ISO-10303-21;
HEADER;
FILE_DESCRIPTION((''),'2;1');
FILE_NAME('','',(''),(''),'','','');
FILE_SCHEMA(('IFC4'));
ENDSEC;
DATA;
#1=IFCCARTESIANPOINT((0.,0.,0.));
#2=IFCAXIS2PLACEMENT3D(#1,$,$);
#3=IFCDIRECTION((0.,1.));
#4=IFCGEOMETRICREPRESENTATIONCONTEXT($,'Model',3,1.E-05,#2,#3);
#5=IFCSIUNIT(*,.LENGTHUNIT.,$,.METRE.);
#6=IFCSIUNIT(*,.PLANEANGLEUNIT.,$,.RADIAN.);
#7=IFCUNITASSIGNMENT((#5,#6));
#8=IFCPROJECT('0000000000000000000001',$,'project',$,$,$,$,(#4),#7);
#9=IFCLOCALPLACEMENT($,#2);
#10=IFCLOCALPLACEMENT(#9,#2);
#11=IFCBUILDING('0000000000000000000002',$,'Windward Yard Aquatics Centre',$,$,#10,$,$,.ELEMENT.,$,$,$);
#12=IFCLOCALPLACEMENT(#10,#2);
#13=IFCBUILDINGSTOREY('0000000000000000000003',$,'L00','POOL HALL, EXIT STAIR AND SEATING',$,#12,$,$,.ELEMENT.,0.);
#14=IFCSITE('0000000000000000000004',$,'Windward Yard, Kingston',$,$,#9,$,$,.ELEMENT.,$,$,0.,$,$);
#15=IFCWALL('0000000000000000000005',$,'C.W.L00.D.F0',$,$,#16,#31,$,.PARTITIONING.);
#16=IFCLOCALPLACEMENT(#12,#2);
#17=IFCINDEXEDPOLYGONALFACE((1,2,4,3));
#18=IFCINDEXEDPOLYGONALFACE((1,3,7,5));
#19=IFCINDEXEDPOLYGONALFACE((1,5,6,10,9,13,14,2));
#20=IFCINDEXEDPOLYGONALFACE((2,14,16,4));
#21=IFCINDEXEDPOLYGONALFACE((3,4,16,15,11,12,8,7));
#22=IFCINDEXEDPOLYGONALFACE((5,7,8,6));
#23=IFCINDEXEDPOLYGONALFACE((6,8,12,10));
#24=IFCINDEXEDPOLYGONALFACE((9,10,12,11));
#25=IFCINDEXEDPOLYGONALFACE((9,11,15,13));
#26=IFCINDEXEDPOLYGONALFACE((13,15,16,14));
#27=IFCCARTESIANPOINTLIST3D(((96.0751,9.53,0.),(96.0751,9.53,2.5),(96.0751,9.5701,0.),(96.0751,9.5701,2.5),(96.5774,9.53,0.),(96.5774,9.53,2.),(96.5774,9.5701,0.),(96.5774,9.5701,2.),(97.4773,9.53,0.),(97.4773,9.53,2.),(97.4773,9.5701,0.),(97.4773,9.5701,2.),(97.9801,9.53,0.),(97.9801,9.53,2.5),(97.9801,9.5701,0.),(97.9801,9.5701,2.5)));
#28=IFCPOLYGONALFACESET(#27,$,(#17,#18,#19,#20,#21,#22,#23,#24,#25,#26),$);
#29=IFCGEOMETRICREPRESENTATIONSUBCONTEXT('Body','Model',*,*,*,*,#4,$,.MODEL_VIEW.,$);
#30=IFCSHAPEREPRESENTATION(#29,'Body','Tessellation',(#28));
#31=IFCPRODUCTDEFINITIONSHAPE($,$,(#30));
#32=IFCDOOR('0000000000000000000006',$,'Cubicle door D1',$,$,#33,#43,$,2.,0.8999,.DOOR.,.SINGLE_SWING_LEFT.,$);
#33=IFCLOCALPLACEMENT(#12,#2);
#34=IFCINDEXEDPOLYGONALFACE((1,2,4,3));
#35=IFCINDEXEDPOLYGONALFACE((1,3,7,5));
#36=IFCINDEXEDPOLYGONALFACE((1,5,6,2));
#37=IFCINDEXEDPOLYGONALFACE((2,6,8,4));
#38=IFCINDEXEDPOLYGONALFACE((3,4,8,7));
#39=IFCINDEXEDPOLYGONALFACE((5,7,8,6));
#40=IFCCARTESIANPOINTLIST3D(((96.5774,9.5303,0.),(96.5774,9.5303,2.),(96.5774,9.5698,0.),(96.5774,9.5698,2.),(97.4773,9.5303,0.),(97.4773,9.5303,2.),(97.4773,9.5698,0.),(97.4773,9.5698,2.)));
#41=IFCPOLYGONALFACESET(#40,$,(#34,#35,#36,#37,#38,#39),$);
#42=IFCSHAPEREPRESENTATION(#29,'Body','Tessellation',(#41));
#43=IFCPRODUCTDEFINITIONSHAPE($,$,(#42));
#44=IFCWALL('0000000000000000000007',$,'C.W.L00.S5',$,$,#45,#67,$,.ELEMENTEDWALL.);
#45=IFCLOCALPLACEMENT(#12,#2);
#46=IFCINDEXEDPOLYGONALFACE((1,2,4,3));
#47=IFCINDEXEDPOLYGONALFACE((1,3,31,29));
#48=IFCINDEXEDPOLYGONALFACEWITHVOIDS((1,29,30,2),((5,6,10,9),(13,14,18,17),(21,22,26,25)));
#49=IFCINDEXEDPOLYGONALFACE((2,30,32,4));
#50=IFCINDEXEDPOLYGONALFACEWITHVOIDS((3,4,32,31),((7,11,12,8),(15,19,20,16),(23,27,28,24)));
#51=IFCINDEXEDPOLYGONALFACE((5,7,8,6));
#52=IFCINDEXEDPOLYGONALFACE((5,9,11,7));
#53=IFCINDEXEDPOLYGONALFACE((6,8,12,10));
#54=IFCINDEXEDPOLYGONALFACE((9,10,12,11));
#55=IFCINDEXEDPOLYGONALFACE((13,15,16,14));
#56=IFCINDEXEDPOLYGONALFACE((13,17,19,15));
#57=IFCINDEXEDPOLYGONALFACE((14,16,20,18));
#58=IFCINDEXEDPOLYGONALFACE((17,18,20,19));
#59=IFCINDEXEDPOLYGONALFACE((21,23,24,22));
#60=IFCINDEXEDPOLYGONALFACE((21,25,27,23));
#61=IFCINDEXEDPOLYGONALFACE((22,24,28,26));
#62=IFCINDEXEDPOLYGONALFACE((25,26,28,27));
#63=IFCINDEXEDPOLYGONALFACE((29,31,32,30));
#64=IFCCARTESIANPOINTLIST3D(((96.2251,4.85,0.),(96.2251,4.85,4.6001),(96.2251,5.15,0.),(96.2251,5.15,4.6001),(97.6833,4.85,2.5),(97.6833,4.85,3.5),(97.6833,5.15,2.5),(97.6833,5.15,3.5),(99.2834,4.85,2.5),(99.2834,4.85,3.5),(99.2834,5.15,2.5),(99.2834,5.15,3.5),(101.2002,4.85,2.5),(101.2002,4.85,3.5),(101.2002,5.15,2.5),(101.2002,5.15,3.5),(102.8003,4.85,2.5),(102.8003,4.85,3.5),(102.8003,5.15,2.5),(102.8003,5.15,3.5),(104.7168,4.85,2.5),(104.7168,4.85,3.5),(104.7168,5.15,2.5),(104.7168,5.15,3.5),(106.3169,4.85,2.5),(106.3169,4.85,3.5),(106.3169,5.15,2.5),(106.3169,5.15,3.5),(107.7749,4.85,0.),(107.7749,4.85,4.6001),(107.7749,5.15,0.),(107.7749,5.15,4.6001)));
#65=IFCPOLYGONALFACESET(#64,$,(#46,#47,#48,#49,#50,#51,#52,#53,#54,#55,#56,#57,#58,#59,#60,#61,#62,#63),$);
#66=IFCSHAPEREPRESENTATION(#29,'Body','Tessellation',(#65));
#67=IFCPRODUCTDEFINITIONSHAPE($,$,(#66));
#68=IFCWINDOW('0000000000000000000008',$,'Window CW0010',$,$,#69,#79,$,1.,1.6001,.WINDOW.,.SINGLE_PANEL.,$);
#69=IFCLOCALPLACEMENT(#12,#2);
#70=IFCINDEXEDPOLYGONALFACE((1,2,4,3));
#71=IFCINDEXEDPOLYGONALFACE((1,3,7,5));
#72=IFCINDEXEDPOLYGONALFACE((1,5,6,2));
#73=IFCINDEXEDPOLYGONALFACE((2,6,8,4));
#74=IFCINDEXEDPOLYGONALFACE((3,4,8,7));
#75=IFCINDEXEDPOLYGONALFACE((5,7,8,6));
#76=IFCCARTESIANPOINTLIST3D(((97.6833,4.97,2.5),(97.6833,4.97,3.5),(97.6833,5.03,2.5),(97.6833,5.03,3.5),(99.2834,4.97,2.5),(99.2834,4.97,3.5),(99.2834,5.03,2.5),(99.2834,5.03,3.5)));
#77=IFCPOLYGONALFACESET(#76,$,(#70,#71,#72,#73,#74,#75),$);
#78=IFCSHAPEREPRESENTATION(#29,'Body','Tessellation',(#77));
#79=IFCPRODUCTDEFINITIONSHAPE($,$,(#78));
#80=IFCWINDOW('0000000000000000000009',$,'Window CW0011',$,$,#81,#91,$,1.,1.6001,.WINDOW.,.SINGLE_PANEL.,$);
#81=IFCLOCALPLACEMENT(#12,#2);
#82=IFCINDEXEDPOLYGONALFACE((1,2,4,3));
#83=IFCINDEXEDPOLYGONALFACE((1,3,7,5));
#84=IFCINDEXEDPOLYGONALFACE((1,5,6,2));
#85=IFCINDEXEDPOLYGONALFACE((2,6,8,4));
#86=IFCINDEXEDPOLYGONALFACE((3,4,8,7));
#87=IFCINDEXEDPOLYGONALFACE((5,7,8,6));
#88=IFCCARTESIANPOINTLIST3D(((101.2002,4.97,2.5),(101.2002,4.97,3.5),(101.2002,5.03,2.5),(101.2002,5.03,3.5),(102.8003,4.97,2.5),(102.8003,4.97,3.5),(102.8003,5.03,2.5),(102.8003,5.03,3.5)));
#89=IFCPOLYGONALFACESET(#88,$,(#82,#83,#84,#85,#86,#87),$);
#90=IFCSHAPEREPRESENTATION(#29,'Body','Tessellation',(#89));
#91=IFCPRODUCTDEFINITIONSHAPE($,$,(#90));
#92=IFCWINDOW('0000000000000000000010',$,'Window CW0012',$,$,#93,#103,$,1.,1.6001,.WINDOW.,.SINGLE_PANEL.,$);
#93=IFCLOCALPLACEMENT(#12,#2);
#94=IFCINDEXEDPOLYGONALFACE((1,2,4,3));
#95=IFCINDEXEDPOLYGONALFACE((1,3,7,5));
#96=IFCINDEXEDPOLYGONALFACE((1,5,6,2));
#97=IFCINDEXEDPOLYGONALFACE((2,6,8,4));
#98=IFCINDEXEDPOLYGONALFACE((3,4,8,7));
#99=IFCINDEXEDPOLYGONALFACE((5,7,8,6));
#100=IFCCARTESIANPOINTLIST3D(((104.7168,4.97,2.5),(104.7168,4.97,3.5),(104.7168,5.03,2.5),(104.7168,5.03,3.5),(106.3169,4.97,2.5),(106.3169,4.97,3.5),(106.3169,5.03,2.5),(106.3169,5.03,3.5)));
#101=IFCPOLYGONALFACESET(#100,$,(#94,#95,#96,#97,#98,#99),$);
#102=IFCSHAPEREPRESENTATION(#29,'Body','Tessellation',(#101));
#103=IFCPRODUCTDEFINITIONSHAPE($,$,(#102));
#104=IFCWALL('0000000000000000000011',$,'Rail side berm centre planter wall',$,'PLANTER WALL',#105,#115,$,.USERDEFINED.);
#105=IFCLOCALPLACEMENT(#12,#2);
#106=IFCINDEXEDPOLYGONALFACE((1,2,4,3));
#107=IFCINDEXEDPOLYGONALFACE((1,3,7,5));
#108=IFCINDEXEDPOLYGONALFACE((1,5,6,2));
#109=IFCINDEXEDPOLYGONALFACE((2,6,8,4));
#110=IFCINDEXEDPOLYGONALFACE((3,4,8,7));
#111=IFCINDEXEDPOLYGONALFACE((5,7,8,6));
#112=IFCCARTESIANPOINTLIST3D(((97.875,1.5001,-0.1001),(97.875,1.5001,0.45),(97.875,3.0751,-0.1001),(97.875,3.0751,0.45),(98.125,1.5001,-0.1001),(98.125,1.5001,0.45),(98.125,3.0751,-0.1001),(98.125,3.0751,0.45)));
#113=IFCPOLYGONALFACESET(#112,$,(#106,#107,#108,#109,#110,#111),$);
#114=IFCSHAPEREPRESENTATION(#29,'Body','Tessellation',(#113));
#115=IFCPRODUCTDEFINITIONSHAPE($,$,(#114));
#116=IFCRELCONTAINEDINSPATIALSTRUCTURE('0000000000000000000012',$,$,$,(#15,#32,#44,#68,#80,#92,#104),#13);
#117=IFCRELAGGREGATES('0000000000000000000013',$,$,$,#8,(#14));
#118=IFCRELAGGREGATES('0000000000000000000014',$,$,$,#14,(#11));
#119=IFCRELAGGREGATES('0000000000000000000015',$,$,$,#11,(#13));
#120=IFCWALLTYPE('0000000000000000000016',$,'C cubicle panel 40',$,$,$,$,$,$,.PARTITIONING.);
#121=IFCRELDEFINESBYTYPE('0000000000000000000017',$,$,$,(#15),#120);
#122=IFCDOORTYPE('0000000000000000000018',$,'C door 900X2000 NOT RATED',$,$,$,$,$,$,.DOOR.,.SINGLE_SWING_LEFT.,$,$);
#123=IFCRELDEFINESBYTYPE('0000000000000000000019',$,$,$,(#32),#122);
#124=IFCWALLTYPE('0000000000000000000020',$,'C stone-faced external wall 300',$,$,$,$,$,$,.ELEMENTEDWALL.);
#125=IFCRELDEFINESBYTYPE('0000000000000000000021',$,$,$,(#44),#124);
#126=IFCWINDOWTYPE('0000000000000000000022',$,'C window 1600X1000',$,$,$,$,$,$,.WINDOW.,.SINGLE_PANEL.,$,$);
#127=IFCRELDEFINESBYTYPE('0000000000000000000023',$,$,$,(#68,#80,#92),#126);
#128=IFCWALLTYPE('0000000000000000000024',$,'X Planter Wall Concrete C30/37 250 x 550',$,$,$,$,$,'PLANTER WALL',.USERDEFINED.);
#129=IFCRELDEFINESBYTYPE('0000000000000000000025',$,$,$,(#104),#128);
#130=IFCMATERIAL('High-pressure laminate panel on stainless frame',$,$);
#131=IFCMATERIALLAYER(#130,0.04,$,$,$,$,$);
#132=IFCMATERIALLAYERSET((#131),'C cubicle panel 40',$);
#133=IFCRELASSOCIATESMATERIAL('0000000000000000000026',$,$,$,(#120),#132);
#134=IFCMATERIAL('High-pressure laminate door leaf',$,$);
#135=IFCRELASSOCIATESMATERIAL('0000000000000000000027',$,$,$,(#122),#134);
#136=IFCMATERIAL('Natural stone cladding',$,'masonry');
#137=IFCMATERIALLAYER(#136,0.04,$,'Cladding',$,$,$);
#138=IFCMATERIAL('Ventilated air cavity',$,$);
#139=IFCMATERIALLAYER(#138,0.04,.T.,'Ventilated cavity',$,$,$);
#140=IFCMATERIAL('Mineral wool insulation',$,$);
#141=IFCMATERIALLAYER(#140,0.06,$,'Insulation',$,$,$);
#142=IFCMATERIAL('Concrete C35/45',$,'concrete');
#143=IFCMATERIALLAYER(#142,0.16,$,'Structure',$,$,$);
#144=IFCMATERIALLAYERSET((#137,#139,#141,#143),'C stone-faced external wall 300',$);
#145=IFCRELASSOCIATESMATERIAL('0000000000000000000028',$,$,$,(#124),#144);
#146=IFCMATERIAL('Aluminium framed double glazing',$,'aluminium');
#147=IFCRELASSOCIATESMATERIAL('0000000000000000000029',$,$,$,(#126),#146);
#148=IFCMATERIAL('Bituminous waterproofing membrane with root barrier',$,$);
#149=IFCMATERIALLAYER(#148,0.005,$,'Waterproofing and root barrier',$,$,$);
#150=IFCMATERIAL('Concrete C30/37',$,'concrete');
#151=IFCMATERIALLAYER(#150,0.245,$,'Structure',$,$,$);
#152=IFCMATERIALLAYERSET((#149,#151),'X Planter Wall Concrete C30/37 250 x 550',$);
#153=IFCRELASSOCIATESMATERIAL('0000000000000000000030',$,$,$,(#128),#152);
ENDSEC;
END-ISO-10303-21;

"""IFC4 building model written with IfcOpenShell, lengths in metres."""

from ifc_helpers import new_model, si_unit, direction, frame, frame_2d, origin, place, context, subcontext, project, spatial, rectangle, extrude, material, layer, layer_set, type_object, element, fill, save


model = new_model("IFC4")

# Units and contexts
model_context = context("Model", 3, precision=1e-05, world=origin(), true_north=direction((0.0, 1.0)))
body_context = subcontext(model_context, "Body", "Model", "MODEL_VIEW")
ifc_project = project(units=[si_unit("LENGTHUNIT", "METRE"), si_unit("PLANEANGLEUNIT", "RADIAN")], contexts=[model_context])

# Site, building, storey
site_placement = place(None, origin())
site = spatial("IfcSite", under=ifc_project, at=site_placement, Name="Windward Yard, Kingston", CompositionType="ELEMENT", RefElevation=0.0)
building_placement = place(site_placement, origin())
building = spatial("IfcBuilding", under=site, at=building_placement, Name="Windward Yard Aquatics Centre", CompositionType="ELEMENT")
storey_placement = place(building_placement, origin())
storey = spatial("IfcBuildingStorey", under=building, at=storey_placement, Name="L00", Description="POOL HALL, EXIT STAIR AND SEATING", CompositionType="ELEMENT", Elevation=0.0)

# Shared definitions
ifc_material_1 = material(Name="Concrete C35/45", Category="concrete")

# Wall, opening, door
ifc_material_2 = material(Name="High-pressure laminate panel on stainless frame")
ifc_layer_1 = layer(ifc_material_2, 0.04)
ifc_layer_set_1 = layer_set([ifc_layer_1], Name="C cubicle panel 40")
wall_type_1 = type_object("IfcWallType", Name="C cubicle panel 40", PredefinedType="PARTITIONING", material=ifc_layer_set_1)
ifc_material_3 = material(Name="High-pressure laminate door leaf")
door_type_1 = type_object("IfcDoorType", Name="C door 900X2000 NOT RATED", OperationType="SINGLE_SWING_LEFT", PredefinedType="DOOR", material=ifc_material_3)
wall_1_placement = place(storey_placement, frame((96.075, 9.55, 0.0), z_axis=(0.0, 0.0, 1.0), x_axis=(1.0, 0.0, 0.0)))
wall_1 = element("IfcWall", 1, at=wall_1_placement, inside=storey, type_object=wall_type_1, Name="C.W.L00.D.F0", PredefinedType="PARTITIONING", context=body_context, shape_type="SweptSolid", body=[
    extrude(rectangle(XDim=1.905, YDim=0.04, at=frame_2d((0.9526, 0.0))), origin(), (0.0, 0.0, 1.0), 2.5),
])
opening_1_placement = place(wall_1_placement, frame((0.5024, 0.0, 0.0)))
opening_1 = element("IfcOpeningElement", 2, at=opening_1_placement, cuts=wall_1, PredefinedType="OPENING", context=body_context, shape_type="SweptSolid", body=[
    extrude(rectangle(XDim=0.8999, YDim=2.0, at=frame_2d((0.45, 1.0))), frame((0.0, 0.03, 0.0), z_axis=(0.0, -1.0, 0.0), x_axis=(1.0, 0.0, 0.0)), (0.0, 0.0, 1.0), 0.0601),
])
door_1_placement = place(opening_1_placement, origin())
door_1 = element("IfcDoor", 3, at=door_1_placement, inside=storey, type_object=door_type_1, Name="Cubicle door D1", OperationType="SINGLE_SWING_LEFT", OverallHeight=2.0, OverallWidth=0.8999, PredefinedType="DOOR", context=body_context, shape_type="SweptSolid", body=[
    extrude(rectangle(XDim=0.8999, YDim=2.0, at=frame_2d((0.45, 1.0))), frame((0.0, 0.0198, 0.0), z_axis=(0.0, -1.0, 0.0), x_axis=(1.0, 0.0, 0.0)), (0.0, 0.0, 1.0), 0.0396),
])
fill(opening_1, door_1)

# Wall, openings, windows
ifc_material_4 = material(Name="Natural stone cladding", Category="masonry")
ifc_layer_2 = layer(ifc_material_4, 0.04, Name="Cladding")
ifc_material_5 = material(Name="Ventilated air cavity")
ifc_layer_3 = layer(ifc_material_5, 0.04, ventilated=True, Name="Ventilated cavity")
ifc_material_6 = material(Name="Mineral wool insulation")
ifc_layer_4 = layer(ifc_material_6, 0.06, Name="Insulation")
ifc_layer_5 = layer(ifc_material_1, 0.16, Name="Structure")
ifc_layer_set_2 = layer_set([ifc_layer_2, ifc_layer_3, ifc_layer_4, ifc_layer_5], Name="C stone-faced external wall 300")
wall_type_2 = type_object("IfcWallType", Name="C stone-faced external wall 300", PredefinedType="ELEMENTEDWALL", material=ifc_layer_set_2)
wall_2_placement = place(storey_placement, frame((96.2251, 5.0, 0.0), z_axis=(0.0, 0.0, 1.0), x_axis=(1.0, 0.0, 0.0)))
wall_2 = element("IfcWall", 4, at=wall_2_placement, inside=storey, type_object=wall_type_2, Name="C.W.L00.S5", PredefinedType="ELEMENTEDWALL", context=body_context, shape_type="SweptSolid", body=[
    extrude(rectangle(XDim=11.5498, YDim=0.3, at=frame_2d((5.7749, 0.0))), origin(), (0.0, 0.0, 1.0), 4.6001),
])
opening_2_placement = place(wall_2_placement, frame((1.4583, 0.0, 2.5)))
opening_2 = element("IfcOpeningElement", 5, at=opening_2_placement, cuts=wall_2, PredefinedType="OPENING", context=body_context, shape_type="SweptSolid", body=[
    extrude(rectangle(XDim=1.6001, YDim=1.0, at=frame_2d((0.8, 0.5))), frame((0.0, 0.1602, 0.0), z_axis=(0.0, -1.0, 0.0), x_axis=(1.0, 0.0, 0.0)), (0.0, 0.0, 1.0), 0.3201),
])
opening_3_placement = place(wall_2_placement, frame((4.9751, 0.0, 2.5)))
opening_3 = element("IfcOpeningElement", 6, at=opening_3_placement, cuts=wall_2, PredefinedType="OPENING", context=body_context, shape_type="SweptSolid", body=[
    extrude(rectangle(XDim=1.6001, YDim=1.0, at=frame_2d((0.8, 0.5))), frame((0.0, 0.1602, 0.0), z_axis=(0.0, -1.0, 0.0), x_axis=(1.0, 0.0, 0.0)), (0.0, 0.0, 1.0), 0.3201),
])
opening_4_placement = place(wall_2_placement, frame((8.4917, 0.0, 2.5)))
opening_4 = element("IfcOpeningElement", 7, at=opening_4_placement, cuts=wall_2, PredefinedType="OPENING", context=body_context, shape_type="SweptSolid", body=[
    extrude(rectangle(XDim=1.6001, YDim=1.0, at=frame_2d((0.8, 0.5))), frame((0.0, 0.1602, 0.0), z_axis=(0.0, -1.0, 0.0), x_axis=(1.0, 0.0, 0.0)), (0.0, 0.0, 1.0), 0.3201),
])
ifc_material_7 = material(Name="Aluminium framed double glazing", Category="aluminium")
window_type = type_object("IfcWindowType", Name="C window 1600X1000", PartitioningType="SINGLE_PANEL", PredefinedType="WINDOW", material=ifc_material_7)
window_1_placement = place(opening_2_placement, origin())
window_1 = element("IfcWindow", 8, at=window_1_placement, inside=storey, type_object=window_type, Name="Window CW0010", OverallHeight=1.0, OverallWidth=1.6001, PartitioningType="SINGLE_PANEL", PredefinedType="WINDOW", context=body_context, shape_type="SweptSolid", body=[
    extrude(rectangle(XDim=1.6001, YDim=1.0, at=frame_2d((0.8, 0.5))), frame((0.0, 0.03, 0.0), z_axis=(0.0, -1.0, 0.0), x_axis=(1.0, 0.0, 0.0)), (0.0, 0.0, 1.0), 0.0601),
])
fill(opening_2, window_1)
window_2_placement = place(opening_3_placement, origin())
window_2 = element("IfcWindow", 9, at=window_2_placement, inside=storey, type_object=window_type, Name="Window CW0011", OverallHeight=1.0, OverallWidth=1.6001, PartitioningType="SINGLE_PANEL", PredefinedType="WINDOW", context=body_context, shape_type="SweptSolid", body=[
    extrude(rectangle(XDim=1.6001, YDim=1.0, at=frame_2d((0.8, 0.5))), frame((0.0, 0.03, 0.0), z_axis=(0.0, -1.0, 0.0), x_axis=(1.0, 0.0, 0.0)), (0.0, 0.0, 1.0), 0.0601),
])
fill(opening_3, window_2)
window_3_placement = place(opening_4_placement, origin())
window_3 = element("IfcWindow", 10, at=window_3_placement, inside=storey, type_object=window_type, Name="Window CW0012", OverallHeight=1.0, OverallWidth=1.6001, PartitioningType="SINGLE_PANEL", PredefinedType="WINDOW", context=body_context, shape_type="SweptSolid", body=[
    extrude(rectangle(XDim=1.6001, YDim=1.0, at=frame_2d((0.8, 0.5))), frame((0.0, 0.03, 0.0), z_axis=(0.0, -1.0, 0.0), x_axis=(1.0, 0.0, 0.0)), (0.0, 0.0, 1.0), 0.0601),
])
fill(opening_4, window_3)

# Wall
ifc_material_8 = material(Name="Bituminous waterproofing membrane with root barrier")
ifc_layer_6 = layer(ifc_material_8, 0.005, Name="Waterproofing and root barrier")
ifc_material_9 = material(Name="Concrete C30/37", Category="concrete")
ifc_layer_7 = layer(ifc_material_9, 0.245, Name="Structure")
ifc_layer_set_3 = layer_set([ifc_layer_6, ifc_layer_7], Name="X Planter Wall Concrete C30/37 250 x 550")
wall_type_3 = type_object("IfcWallType", Name="X Planter Wall Concrete C30/37 250 x 550", ElementType="PLANTER WALL", PredefinedType="USERDEFINED", material=ifc_layer_set_3)
wall_3_placement = place(storey_placement, frame((98.0, 1.5, -0.1001), z_axis=(0.0, 0.0, 1.0), x_axis=(0.0, 1.0, 0.0)))
element("IfcWall", 11, at=wall_3_placement, inside=storey, type_object=wall_type_3, Name="Rail side berm centre planter wall", ObjectType="PLANTER WALL", PredefinedType="USERDEFINED", context=body_context, shape_type="SweptSolid", body=[
    extrude(rectangle(XDim=1.575, YDim=0.25, at=frame_2d((0.7876, 0.0))), origin(), (0.0, 0.0, 1.0), 0.55),
])

save(model, "model.ifc")
